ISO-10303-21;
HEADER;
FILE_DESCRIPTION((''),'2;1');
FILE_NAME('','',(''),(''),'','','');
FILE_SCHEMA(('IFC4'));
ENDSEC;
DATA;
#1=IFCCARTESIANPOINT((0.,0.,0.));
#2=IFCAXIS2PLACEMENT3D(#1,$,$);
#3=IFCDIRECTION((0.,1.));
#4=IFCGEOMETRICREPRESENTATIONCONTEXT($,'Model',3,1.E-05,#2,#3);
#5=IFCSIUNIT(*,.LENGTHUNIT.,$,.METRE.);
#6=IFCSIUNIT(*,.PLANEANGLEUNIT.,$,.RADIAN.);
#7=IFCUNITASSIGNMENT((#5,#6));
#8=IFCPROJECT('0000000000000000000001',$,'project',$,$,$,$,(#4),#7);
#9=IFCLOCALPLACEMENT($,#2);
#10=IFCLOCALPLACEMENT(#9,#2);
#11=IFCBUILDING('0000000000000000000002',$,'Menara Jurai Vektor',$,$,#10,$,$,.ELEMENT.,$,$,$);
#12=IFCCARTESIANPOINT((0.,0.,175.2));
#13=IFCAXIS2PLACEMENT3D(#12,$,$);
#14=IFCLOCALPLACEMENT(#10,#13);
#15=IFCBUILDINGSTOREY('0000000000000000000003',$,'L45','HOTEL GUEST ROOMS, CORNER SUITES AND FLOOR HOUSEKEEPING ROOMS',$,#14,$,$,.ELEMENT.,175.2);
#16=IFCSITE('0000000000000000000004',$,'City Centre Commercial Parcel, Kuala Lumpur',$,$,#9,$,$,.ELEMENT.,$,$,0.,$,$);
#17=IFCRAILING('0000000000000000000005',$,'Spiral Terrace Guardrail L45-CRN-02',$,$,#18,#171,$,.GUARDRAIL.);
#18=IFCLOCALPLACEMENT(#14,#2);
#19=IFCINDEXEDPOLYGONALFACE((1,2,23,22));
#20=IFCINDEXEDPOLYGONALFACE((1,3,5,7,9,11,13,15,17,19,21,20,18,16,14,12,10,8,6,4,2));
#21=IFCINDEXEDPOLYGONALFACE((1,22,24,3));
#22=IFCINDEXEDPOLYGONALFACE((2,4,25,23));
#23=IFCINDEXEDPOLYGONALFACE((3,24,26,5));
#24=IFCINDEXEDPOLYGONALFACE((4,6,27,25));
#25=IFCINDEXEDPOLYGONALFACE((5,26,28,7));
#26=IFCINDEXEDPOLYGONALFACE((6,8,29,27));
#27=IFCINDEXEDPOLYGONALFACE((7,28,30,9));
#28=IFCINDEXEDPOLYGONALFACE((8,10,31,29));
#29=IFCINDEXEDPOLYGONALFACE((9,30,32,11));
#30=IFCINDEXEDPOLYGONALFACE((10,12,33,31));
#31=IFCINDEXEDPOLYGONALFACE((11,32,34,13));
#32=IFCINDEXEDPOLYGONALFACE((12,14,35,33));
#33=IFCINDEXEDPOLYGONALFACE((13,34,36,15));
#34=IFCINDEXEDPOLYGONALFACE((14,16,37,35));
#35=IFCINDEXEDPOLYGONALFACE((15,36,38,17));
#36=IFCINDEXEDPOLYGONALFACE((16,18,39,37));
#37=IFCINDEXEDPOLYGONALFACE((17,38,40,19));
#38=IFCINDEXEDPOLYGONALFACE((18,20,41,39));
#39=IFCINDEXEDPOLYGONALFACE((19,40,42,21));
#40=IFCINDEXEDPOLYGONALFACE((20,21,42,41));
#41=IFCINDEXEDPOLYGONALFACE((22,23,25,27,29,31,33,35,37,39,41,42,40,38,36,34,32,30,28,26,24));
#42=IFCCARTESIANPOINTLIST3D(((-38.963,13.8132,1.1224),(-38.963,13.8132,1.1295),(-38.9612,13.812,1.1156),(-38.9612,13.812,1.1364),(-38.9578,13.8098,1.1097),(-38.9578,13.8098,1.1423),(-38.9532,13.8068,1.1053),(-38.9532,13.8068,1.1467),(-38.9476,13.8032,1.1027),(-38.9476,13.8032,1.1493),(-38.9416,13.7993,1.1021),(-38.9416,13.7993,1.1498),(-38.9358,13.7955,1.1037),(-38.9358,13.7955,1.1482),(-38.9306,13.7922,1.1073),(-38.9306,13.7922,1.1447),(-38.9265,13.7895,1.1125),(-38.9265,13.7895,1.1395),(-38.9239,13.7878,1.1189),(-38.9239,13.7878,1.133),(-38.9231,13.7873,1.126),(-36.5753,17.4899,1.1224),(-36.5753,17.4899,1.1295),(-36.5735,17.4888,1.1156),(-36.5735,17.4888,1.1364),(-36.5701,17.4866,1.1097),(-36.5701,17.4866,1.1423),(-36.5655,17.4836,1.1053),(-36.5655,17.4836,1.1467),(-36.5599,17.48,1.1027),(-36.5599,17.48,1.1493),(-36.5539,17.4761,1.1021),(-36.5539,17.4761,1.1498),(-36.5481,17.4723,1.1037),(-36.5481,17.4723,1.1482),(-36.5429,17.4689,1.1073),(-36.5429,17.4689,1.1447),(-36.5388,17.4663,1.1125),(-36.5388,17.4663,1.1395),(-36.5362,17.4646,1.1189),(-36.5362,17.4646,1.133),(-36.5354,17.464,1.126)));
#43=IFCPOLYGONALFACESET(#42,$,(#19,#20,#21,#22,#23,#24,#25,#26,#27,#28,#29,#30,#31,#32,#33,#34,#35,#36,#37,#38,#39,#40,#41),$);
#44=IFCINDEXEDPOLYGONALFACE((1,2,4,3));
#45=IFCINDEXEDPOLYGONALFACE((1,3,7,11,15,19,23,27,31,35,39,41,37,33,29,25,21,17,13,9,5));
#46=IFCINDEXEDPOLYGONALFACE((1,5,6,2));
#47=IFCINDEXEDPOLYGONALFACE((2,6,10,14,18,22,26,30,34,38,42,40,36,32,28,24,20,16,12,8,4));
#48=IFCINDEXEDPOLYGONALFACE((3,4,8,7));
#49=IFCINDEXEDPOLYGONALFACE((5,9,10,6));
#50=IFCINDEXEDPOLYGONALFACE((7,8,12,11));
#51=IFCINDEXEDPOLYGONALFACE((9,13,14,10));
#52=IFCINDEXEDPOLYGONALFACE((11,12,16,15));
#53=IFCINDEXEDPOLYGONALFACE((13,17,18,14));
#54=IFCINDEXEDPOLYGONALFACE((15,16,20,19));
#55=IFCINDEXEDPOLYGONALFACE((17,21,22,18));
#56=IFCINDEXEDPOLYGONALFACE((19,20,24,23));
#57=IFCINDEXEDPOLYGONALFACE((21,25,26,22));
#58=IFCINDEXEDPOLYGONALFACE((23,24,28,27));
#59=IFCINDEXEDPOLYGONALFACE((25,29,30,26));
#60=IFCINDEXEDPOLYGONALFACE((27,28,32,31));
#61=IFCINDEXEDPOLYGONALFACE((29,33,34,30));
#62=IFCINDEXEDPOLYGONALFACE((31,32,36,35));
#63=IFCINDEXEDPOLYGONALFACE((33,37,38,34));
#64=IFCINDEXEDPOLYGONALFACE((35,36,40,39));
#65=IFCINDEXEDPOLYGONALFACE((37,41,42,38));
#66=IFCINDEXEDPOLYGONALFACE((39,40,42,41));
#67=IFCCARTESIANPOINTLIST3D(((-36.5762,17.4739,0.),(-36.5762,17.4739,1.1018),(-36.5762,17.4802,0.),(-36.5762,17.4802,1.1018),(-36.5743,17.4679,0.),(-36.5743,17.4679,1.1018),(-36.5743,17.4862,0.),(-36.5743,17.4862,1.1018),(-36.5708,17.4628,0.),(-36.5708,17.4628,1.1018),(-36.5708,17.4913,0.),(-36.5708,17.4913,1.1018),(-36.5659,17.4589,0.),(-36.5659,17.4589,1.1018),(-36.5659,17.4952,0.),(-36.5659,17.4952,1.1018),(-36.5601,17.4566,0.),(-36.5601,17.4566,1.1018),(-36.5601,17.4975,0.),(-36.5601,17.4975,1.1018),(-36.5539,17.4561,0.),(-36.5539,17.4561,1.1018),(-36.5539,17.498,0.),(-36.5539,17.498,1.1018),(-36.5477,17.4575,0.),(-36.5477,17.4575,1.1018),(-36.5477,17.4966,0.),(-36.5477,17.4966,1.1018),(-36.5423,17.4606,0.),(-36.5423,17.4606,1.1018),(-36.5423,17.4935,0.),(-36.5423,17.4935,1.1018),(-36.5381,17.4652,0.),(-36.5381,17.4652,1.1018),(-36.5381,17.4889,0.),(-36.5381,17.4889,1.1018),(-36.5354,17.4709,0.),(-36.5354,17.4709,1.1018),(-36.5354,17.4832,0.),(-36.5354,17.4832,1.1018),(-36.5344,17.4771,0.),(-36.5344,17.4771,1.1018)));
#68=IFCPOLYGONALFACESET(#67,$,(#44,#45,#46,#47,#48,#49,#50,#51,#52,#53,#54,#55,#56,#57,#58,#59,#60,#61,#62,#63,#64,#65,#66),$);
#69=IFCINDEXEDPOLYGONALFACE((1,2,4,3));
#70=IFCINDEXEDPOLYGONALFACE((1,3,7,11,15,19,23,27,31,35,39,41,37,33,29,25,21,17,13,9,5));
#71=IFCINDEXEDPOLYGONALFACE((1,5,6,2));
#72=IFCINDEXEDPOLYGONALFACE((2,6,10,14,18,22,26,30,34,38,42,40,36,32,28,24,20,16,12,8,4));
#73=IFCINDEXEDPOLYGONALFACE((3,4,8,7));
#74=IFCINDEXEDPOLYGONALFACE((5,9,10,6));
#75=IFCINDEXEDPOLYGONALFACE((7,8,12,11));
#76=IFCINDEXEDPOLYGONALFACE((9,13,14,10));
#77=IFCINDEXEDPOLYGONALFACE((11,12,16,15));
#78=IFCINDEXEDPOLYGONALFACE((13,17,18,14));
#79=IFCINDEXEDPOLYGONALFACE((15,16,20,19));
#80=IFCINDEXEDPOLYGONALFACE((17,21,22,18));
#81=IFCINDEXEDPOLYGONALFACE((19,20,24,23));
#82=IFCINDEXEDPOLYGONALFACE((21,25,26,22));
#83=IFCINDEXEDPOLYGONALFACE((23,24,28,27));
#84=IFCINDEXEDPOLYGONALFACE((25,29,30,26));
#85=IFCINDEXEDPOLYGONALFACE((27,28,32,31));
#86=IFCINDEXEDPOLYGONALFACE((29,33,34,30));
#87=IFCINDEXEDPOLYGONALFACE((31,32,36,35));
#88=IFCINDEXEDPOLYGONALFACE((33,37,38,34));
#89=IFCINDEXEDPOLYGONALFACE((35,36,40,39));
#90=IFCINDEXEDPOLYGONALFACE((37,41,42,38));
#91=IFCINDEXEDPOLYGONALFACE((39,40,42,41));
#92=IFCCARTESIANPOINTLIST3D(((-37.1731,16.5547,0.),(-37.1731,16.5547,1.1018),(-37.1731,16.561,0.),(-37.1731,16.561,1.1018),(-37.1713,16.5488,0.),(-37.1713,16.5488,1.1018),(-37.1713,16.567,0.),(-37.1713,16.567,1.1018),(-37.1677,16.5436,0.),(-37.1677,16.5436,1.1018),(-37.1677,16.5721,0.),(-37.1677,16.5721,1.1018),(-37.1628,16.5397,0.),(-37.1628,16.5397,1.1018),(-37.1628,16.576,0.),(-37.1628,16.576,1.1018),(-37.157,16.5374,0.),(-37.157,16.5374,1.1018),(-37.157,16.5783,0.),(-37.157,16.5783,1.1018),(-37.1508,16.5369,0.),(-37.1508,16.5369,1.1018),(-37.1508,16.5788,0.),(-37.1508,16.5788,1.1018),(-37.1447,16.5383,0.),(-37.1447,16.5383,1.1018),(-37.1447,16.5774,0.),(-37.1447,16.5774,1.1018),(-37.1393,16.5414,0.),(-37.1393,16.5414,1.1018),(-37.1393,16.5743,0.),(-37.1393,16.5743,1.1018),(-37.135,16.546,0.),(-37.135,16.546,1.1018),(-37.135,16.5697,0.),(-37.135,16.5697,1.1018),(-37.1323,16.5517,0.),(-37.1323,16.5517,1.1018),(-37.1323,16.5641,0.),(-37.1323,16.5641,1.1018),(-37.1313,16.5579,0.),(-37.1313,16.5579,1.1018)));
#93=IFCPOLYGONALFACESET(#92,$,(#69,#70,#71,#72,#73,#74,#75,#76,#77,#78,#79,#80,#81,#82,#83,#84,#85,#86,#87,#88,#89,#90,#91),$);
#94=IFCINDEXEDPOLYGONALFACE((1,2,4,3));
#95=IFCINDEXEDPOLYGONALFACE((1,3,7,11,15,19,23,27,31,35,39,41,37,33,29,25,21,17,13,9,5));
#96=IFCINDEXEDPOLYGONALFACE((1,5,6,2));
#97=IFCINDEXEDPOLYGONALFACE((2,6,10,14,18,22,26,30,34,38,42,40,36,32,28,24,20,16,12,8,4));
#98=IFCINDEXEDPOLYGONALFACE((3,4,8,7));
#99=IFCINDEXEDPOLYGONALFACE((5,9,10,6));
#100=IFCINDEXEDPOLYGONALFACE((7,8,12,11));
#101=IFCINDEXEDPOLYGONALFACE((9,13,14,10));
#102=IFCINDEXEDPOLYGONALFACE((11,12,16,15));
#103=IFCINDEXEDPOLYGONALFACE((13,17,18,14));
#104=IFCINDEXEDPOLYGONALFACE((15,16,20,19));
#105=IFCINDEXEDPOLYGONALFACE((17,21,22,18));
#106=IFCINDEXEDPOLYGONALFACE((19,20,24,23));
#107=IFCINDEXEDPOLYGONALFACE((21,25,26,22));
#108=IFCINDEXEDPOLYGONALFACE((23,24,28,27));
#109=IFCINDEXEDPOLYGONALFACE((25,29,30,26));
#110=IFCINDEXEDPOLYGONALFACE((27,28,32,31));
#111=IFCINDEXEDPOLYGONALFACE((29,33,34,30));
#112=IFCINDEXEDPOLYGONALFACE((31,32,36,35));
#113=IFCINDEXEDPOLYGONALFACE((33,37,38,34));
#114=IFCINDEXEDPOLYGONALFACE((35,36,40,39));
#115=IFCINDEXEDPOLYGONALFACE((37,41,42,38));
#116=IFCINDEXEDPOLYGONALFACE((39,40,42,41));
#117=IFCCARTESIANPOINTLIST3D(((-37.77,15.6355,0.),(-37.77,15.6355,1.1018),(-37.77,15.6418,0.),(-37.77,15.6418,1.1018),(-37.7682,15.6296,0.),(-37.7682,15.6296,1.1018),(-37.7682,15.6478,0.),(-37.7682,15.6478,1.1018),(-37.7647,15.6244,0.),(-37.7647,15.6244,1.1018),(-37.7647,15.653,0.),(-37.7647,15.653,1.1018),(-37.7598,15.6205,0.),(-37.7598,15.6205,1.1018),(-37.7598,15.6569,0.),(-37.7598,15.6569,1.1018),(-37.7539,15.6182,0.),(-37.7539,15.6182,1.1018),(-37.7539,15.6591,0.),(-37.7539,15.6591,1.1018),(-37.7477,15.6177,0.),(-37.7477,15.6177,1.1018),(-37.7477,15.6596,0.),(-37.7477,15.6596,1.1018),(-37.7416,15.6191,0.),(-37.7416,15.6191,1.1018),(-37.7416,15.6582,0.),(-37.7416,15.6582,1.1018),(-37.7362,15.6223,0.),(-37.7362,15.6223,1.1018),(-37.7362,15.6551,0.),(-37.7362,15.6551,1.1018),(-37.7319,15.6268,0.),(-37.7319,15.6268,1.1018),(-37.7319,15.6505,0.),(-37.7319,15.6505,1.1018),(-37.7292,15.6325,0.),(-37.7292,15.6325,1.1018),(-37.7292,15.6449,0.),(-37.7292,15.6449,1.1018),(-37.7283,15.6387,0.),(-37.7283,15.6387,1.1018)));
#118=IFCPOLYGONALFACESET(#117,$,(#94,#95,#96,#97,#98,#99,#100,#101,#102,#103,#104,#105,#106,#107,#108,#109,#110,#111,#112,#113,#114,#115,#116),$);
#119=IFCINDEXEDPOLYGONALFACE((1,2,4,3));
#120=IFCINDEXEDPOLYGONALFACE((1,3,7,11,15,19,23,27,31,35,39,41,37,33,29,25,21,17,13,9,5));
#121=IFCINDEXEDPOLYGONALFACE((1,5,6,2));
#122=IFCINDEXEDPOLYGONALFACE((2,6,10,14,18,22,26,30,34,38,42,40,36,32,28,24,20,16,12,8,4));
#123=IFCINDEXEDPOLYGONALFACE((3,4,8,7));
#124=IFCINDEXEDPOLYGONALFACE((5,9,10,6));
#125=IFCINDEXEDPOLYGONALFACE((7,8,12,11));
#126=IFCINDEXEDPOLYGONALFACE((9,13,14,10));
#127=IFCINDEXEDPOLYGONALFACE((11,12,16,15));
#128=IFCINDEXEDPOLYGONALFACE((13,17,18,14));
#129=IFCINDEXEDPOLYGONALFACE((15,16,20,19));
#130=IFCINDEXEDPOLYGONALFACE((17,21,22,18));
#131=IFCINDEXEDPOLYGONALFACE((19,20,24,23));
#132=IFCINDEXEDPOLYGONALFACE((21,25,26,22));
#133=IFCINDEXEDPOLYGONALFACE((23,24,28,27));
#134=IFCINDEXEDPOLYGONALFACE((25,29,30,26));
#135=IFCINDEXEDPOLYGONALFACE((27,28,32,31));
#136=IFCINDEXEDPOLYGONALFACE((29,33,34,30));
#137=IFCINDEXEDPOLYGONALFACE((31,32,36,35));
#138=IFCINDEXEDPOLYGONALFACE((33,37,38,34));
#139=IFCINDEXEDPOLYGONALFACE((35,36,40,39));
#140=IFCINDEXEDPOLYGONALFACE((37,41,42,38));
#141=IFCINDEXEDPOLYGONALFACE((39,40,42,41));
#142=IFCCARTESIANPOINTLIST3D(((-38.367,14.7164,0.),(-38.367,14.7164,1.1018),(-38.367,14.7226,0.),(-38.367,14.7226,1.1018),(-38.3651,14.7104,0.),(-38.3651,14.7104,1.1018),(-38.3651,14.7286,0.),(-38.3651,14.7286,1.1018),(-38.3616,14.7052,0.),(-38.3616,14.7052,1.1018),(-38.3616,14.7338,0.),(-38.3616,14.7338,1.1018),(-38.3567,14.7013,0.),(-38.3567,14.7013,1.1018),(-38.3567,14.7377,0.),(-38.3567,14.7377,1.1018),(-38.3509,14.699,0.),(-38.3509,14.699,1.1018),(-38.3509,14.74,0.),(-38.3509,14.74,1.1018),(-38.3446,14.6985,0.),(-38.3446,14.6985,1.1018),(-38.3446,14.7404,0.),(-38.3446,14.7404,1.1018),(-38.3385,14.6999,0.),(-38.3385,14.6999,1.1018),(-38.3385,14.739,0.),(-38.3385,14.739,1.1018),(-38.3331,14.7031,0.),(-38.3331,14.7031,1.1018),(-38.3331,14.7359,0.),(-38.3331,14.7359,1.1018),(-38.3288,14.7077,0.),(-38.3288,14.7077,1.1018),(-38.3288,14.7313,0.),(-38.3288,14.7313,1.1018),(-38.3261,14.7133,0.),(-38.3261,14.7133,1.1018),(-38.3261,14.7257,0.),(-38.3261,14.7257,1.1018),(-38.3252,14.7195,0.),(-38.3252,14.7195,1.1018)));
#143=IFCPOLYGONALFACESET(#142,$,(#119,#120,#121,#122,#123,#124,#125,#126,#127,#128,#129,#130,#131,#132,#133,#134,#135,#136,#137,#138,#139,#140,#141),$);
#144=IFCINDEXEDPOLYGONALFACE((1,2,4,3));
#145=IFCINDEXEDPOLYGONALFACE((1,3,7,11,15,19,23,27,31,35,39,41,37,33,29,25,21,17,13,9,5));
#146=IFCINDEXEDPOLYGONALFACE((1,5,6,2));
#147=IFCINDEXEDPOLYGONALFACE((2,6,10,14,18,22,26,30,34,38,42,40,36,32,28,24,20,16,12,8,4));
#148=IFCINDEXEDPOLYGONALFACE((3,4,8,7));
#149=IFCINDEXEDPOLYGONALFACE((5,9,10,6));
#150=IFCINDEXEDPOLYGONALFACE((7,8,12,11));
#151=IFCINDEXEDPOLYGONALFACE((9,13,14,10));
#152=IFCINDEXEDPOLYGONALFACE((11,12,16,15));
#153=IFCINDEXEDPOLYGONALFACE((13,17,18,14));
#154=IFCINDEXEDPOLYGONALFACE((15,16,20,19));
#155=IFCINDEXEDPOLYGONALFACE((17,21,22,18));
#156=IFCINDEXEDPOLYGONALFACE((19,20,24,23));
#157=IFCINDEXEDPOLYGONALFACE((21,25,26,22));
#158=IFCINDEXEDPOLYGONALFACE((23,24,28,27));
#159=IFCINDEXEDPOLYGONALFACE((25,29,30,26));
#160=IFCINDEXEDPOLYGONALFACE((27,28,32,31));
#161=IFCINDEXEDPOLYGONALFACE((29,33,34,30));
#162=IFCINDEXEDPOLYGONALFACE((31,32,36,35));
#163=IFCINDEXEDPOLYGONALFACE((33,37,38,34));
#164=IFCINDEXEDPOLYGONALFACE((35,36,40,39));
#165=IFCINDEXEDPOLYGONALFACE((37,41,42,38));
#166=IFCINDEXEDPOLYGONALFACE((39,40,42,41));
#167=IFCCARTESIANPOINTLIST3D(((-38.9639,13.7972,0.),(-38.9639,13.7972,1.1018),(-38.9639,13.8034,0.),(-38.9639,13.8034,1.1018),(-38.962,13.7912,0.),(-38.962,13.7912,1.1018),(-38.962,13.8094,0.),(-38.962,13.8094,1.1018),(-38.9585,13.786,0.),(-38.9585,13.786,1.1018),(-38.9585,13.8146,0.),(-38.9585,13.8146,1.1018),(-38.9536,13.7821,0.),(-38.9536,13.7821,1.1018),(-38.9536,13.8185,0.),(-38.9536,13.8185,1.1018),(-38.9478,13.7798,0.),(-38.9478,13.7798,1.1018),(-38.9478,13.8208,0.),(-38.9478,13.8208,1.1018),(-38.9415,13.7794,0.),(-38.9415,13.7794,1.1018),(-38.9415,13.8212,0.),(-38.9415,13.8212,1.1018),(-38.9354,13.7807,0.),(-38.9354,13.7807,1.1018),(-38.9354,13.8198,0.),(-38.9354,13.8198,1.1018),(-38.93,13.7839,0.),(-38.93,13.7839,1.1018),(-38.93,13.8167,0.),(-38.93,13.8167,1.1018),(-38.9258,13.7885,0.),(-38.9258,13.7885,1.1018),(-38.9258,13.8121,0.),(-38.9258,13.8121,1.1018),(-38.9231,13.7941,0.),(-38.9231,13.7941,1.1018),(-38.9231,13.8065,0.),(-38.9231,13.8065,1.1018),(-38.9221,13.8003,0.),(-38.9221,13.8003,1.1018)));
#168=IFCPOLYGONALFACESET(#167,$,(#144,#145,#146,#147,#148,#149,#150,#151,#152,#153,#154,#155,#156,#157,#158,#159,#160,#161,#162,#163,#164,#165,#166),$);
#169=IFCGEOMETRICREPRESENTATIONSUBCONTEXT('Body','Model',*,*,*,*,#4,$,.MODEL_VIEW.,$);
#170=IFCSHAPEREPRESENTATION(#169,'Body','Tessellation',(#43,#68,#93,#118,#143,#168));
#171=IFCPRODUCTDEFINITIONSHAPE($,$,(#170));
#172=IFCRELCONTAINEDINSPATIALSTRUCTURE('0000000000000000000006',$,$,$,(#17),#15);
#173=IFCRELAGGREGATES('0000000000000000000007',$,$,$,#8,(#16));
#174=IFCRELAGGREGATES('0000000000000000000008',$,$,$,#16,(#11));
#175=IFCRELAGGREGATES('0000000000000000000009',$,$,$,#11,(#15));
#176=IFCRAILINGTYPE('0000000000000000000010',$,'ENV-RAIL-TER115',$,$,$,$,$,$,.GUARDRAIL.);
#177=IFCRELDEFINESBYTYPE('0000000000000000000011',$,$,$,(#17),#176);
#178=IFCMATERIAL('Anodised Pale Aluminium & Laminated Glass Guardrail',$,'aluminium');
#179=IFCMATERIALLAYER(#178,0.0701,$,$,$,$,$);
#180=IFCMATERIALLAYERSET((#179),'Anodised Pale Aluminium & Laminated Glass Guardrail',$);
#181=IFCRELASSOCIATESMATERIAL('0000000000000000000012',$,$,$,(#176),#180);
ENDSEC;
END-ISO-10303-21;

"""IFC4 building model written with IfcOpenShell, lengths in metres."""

from ifc_helpers import new_model, si_unit, direction, frame, origin, origin_2d, place, context, subcontext, project, spatial, circle, extrude, material, layer, layer_set, type_object, element, save


model = new_model("IFC4")

# Units and contexts
model_context = context("Model", 3, precision=1e-05, world=origin(), true_north=direction((0.0, 1.0)))
body_context = subcontext(model_context, "Body", "Model", "MODEL_VIEW")
ifc_project = project(units=[si_unit("LENGTHUNIT", "METRE"), si_unit("PLANEANGLEUNIT", "RADIAN")], contexts=[model_context])

# Site, building, storey
site_placement = place(None, origin())
site = spatial("IfcSite", under=ifc_project, at=site_placement, Name="City Centre Commercial Parcel, Kuala Lumpur", CompositionType="ELEMENT", RefElevation=0.0)
building_placement = place(site_placement, origin())
building = spatial("IfcBuilding", under=site, at=building_placement, Name="Menara Jurai Vektor", CompositionType="ELEMENT")
storey_placement = place(building_placement, frame((0.0, 0.0, 175.2)))
storey = spatial("IfcBuildingStorey", under=building, at=storey_placement, Name="L45", Description="HOTEL GUEST ROOMS, CORNER SUITES AND FLOOR HOUSEKEEPING ROOMS", CompositionType="ELEMENT", Elevation=175.2)

# Railing
ifc_material_1 = material(Name="Anodised Pale Aluminium & Laminated Glass Guardrail", Category="aluminium")
ifc_layer_1 = layer(ifc_material_1, 0.0701)
ifc_layer_set_1 = layer_set([ifc_layer_1], Name="Anodised Pale Aluminium & Laminated Glass Guardrail")
railing_type = type_object("IfcRailingType", Name="ENV-RAIL-TER115", PredefinedType="GUARDRAIL", material=ifc_layer_set_1)
railing_1_placement = place(storey_placement, frame((-36.5554, 17.4771, 0.0)))
element("IfcRailing", 1, at=railing_1_placement, inside=storey, type_object=railing_type, Name="Spiral Terrace Guardrail L45-CRN-02", PredefinedType="GUARDRAIL", context=body_context, shape_type="SweptSolid", body=[
    extrude(circle(Radius=0.0239, at=origin_2d()), frame((0.0, 0.0, 1.126), z_axis=(-0.544636, -0.838673, 0.0), x_axis=(0.838673, -0.544636, 0.0)), (0.0, 0.0, 1.0), 4.384),
    extrude(circle(Radius=0.021, at=origin_2d()), origin(), (0.0, 0.0, 1.0), 1.1018),
    extrude(circle(Radius=0.021, at=origin_2d()), frame((-0.5969, -0.9192, 0.0)), (0.0, 0.0, 1.0), 1.1018),
    extrude(circle(Radius=0.021, at=origin_2d()), frame((-1.1938, -1.8384, 0.0)), (0.0, 0.0, 1.0), 1.1018),
    extrude(circle(Radius=0.021, at=origin_2d()), frame((-1.7908, -2.7576, 0.0)), (0.0, 0.0, 1.0), 1.1018),
    extrude(circle(Radius=0.021, at=origin_2d()), frame((-2.3877, -3.6768, 0.0)), (0.0, 0.0, 1.0), 1.1018),
])

save(model, "model.ifc")
